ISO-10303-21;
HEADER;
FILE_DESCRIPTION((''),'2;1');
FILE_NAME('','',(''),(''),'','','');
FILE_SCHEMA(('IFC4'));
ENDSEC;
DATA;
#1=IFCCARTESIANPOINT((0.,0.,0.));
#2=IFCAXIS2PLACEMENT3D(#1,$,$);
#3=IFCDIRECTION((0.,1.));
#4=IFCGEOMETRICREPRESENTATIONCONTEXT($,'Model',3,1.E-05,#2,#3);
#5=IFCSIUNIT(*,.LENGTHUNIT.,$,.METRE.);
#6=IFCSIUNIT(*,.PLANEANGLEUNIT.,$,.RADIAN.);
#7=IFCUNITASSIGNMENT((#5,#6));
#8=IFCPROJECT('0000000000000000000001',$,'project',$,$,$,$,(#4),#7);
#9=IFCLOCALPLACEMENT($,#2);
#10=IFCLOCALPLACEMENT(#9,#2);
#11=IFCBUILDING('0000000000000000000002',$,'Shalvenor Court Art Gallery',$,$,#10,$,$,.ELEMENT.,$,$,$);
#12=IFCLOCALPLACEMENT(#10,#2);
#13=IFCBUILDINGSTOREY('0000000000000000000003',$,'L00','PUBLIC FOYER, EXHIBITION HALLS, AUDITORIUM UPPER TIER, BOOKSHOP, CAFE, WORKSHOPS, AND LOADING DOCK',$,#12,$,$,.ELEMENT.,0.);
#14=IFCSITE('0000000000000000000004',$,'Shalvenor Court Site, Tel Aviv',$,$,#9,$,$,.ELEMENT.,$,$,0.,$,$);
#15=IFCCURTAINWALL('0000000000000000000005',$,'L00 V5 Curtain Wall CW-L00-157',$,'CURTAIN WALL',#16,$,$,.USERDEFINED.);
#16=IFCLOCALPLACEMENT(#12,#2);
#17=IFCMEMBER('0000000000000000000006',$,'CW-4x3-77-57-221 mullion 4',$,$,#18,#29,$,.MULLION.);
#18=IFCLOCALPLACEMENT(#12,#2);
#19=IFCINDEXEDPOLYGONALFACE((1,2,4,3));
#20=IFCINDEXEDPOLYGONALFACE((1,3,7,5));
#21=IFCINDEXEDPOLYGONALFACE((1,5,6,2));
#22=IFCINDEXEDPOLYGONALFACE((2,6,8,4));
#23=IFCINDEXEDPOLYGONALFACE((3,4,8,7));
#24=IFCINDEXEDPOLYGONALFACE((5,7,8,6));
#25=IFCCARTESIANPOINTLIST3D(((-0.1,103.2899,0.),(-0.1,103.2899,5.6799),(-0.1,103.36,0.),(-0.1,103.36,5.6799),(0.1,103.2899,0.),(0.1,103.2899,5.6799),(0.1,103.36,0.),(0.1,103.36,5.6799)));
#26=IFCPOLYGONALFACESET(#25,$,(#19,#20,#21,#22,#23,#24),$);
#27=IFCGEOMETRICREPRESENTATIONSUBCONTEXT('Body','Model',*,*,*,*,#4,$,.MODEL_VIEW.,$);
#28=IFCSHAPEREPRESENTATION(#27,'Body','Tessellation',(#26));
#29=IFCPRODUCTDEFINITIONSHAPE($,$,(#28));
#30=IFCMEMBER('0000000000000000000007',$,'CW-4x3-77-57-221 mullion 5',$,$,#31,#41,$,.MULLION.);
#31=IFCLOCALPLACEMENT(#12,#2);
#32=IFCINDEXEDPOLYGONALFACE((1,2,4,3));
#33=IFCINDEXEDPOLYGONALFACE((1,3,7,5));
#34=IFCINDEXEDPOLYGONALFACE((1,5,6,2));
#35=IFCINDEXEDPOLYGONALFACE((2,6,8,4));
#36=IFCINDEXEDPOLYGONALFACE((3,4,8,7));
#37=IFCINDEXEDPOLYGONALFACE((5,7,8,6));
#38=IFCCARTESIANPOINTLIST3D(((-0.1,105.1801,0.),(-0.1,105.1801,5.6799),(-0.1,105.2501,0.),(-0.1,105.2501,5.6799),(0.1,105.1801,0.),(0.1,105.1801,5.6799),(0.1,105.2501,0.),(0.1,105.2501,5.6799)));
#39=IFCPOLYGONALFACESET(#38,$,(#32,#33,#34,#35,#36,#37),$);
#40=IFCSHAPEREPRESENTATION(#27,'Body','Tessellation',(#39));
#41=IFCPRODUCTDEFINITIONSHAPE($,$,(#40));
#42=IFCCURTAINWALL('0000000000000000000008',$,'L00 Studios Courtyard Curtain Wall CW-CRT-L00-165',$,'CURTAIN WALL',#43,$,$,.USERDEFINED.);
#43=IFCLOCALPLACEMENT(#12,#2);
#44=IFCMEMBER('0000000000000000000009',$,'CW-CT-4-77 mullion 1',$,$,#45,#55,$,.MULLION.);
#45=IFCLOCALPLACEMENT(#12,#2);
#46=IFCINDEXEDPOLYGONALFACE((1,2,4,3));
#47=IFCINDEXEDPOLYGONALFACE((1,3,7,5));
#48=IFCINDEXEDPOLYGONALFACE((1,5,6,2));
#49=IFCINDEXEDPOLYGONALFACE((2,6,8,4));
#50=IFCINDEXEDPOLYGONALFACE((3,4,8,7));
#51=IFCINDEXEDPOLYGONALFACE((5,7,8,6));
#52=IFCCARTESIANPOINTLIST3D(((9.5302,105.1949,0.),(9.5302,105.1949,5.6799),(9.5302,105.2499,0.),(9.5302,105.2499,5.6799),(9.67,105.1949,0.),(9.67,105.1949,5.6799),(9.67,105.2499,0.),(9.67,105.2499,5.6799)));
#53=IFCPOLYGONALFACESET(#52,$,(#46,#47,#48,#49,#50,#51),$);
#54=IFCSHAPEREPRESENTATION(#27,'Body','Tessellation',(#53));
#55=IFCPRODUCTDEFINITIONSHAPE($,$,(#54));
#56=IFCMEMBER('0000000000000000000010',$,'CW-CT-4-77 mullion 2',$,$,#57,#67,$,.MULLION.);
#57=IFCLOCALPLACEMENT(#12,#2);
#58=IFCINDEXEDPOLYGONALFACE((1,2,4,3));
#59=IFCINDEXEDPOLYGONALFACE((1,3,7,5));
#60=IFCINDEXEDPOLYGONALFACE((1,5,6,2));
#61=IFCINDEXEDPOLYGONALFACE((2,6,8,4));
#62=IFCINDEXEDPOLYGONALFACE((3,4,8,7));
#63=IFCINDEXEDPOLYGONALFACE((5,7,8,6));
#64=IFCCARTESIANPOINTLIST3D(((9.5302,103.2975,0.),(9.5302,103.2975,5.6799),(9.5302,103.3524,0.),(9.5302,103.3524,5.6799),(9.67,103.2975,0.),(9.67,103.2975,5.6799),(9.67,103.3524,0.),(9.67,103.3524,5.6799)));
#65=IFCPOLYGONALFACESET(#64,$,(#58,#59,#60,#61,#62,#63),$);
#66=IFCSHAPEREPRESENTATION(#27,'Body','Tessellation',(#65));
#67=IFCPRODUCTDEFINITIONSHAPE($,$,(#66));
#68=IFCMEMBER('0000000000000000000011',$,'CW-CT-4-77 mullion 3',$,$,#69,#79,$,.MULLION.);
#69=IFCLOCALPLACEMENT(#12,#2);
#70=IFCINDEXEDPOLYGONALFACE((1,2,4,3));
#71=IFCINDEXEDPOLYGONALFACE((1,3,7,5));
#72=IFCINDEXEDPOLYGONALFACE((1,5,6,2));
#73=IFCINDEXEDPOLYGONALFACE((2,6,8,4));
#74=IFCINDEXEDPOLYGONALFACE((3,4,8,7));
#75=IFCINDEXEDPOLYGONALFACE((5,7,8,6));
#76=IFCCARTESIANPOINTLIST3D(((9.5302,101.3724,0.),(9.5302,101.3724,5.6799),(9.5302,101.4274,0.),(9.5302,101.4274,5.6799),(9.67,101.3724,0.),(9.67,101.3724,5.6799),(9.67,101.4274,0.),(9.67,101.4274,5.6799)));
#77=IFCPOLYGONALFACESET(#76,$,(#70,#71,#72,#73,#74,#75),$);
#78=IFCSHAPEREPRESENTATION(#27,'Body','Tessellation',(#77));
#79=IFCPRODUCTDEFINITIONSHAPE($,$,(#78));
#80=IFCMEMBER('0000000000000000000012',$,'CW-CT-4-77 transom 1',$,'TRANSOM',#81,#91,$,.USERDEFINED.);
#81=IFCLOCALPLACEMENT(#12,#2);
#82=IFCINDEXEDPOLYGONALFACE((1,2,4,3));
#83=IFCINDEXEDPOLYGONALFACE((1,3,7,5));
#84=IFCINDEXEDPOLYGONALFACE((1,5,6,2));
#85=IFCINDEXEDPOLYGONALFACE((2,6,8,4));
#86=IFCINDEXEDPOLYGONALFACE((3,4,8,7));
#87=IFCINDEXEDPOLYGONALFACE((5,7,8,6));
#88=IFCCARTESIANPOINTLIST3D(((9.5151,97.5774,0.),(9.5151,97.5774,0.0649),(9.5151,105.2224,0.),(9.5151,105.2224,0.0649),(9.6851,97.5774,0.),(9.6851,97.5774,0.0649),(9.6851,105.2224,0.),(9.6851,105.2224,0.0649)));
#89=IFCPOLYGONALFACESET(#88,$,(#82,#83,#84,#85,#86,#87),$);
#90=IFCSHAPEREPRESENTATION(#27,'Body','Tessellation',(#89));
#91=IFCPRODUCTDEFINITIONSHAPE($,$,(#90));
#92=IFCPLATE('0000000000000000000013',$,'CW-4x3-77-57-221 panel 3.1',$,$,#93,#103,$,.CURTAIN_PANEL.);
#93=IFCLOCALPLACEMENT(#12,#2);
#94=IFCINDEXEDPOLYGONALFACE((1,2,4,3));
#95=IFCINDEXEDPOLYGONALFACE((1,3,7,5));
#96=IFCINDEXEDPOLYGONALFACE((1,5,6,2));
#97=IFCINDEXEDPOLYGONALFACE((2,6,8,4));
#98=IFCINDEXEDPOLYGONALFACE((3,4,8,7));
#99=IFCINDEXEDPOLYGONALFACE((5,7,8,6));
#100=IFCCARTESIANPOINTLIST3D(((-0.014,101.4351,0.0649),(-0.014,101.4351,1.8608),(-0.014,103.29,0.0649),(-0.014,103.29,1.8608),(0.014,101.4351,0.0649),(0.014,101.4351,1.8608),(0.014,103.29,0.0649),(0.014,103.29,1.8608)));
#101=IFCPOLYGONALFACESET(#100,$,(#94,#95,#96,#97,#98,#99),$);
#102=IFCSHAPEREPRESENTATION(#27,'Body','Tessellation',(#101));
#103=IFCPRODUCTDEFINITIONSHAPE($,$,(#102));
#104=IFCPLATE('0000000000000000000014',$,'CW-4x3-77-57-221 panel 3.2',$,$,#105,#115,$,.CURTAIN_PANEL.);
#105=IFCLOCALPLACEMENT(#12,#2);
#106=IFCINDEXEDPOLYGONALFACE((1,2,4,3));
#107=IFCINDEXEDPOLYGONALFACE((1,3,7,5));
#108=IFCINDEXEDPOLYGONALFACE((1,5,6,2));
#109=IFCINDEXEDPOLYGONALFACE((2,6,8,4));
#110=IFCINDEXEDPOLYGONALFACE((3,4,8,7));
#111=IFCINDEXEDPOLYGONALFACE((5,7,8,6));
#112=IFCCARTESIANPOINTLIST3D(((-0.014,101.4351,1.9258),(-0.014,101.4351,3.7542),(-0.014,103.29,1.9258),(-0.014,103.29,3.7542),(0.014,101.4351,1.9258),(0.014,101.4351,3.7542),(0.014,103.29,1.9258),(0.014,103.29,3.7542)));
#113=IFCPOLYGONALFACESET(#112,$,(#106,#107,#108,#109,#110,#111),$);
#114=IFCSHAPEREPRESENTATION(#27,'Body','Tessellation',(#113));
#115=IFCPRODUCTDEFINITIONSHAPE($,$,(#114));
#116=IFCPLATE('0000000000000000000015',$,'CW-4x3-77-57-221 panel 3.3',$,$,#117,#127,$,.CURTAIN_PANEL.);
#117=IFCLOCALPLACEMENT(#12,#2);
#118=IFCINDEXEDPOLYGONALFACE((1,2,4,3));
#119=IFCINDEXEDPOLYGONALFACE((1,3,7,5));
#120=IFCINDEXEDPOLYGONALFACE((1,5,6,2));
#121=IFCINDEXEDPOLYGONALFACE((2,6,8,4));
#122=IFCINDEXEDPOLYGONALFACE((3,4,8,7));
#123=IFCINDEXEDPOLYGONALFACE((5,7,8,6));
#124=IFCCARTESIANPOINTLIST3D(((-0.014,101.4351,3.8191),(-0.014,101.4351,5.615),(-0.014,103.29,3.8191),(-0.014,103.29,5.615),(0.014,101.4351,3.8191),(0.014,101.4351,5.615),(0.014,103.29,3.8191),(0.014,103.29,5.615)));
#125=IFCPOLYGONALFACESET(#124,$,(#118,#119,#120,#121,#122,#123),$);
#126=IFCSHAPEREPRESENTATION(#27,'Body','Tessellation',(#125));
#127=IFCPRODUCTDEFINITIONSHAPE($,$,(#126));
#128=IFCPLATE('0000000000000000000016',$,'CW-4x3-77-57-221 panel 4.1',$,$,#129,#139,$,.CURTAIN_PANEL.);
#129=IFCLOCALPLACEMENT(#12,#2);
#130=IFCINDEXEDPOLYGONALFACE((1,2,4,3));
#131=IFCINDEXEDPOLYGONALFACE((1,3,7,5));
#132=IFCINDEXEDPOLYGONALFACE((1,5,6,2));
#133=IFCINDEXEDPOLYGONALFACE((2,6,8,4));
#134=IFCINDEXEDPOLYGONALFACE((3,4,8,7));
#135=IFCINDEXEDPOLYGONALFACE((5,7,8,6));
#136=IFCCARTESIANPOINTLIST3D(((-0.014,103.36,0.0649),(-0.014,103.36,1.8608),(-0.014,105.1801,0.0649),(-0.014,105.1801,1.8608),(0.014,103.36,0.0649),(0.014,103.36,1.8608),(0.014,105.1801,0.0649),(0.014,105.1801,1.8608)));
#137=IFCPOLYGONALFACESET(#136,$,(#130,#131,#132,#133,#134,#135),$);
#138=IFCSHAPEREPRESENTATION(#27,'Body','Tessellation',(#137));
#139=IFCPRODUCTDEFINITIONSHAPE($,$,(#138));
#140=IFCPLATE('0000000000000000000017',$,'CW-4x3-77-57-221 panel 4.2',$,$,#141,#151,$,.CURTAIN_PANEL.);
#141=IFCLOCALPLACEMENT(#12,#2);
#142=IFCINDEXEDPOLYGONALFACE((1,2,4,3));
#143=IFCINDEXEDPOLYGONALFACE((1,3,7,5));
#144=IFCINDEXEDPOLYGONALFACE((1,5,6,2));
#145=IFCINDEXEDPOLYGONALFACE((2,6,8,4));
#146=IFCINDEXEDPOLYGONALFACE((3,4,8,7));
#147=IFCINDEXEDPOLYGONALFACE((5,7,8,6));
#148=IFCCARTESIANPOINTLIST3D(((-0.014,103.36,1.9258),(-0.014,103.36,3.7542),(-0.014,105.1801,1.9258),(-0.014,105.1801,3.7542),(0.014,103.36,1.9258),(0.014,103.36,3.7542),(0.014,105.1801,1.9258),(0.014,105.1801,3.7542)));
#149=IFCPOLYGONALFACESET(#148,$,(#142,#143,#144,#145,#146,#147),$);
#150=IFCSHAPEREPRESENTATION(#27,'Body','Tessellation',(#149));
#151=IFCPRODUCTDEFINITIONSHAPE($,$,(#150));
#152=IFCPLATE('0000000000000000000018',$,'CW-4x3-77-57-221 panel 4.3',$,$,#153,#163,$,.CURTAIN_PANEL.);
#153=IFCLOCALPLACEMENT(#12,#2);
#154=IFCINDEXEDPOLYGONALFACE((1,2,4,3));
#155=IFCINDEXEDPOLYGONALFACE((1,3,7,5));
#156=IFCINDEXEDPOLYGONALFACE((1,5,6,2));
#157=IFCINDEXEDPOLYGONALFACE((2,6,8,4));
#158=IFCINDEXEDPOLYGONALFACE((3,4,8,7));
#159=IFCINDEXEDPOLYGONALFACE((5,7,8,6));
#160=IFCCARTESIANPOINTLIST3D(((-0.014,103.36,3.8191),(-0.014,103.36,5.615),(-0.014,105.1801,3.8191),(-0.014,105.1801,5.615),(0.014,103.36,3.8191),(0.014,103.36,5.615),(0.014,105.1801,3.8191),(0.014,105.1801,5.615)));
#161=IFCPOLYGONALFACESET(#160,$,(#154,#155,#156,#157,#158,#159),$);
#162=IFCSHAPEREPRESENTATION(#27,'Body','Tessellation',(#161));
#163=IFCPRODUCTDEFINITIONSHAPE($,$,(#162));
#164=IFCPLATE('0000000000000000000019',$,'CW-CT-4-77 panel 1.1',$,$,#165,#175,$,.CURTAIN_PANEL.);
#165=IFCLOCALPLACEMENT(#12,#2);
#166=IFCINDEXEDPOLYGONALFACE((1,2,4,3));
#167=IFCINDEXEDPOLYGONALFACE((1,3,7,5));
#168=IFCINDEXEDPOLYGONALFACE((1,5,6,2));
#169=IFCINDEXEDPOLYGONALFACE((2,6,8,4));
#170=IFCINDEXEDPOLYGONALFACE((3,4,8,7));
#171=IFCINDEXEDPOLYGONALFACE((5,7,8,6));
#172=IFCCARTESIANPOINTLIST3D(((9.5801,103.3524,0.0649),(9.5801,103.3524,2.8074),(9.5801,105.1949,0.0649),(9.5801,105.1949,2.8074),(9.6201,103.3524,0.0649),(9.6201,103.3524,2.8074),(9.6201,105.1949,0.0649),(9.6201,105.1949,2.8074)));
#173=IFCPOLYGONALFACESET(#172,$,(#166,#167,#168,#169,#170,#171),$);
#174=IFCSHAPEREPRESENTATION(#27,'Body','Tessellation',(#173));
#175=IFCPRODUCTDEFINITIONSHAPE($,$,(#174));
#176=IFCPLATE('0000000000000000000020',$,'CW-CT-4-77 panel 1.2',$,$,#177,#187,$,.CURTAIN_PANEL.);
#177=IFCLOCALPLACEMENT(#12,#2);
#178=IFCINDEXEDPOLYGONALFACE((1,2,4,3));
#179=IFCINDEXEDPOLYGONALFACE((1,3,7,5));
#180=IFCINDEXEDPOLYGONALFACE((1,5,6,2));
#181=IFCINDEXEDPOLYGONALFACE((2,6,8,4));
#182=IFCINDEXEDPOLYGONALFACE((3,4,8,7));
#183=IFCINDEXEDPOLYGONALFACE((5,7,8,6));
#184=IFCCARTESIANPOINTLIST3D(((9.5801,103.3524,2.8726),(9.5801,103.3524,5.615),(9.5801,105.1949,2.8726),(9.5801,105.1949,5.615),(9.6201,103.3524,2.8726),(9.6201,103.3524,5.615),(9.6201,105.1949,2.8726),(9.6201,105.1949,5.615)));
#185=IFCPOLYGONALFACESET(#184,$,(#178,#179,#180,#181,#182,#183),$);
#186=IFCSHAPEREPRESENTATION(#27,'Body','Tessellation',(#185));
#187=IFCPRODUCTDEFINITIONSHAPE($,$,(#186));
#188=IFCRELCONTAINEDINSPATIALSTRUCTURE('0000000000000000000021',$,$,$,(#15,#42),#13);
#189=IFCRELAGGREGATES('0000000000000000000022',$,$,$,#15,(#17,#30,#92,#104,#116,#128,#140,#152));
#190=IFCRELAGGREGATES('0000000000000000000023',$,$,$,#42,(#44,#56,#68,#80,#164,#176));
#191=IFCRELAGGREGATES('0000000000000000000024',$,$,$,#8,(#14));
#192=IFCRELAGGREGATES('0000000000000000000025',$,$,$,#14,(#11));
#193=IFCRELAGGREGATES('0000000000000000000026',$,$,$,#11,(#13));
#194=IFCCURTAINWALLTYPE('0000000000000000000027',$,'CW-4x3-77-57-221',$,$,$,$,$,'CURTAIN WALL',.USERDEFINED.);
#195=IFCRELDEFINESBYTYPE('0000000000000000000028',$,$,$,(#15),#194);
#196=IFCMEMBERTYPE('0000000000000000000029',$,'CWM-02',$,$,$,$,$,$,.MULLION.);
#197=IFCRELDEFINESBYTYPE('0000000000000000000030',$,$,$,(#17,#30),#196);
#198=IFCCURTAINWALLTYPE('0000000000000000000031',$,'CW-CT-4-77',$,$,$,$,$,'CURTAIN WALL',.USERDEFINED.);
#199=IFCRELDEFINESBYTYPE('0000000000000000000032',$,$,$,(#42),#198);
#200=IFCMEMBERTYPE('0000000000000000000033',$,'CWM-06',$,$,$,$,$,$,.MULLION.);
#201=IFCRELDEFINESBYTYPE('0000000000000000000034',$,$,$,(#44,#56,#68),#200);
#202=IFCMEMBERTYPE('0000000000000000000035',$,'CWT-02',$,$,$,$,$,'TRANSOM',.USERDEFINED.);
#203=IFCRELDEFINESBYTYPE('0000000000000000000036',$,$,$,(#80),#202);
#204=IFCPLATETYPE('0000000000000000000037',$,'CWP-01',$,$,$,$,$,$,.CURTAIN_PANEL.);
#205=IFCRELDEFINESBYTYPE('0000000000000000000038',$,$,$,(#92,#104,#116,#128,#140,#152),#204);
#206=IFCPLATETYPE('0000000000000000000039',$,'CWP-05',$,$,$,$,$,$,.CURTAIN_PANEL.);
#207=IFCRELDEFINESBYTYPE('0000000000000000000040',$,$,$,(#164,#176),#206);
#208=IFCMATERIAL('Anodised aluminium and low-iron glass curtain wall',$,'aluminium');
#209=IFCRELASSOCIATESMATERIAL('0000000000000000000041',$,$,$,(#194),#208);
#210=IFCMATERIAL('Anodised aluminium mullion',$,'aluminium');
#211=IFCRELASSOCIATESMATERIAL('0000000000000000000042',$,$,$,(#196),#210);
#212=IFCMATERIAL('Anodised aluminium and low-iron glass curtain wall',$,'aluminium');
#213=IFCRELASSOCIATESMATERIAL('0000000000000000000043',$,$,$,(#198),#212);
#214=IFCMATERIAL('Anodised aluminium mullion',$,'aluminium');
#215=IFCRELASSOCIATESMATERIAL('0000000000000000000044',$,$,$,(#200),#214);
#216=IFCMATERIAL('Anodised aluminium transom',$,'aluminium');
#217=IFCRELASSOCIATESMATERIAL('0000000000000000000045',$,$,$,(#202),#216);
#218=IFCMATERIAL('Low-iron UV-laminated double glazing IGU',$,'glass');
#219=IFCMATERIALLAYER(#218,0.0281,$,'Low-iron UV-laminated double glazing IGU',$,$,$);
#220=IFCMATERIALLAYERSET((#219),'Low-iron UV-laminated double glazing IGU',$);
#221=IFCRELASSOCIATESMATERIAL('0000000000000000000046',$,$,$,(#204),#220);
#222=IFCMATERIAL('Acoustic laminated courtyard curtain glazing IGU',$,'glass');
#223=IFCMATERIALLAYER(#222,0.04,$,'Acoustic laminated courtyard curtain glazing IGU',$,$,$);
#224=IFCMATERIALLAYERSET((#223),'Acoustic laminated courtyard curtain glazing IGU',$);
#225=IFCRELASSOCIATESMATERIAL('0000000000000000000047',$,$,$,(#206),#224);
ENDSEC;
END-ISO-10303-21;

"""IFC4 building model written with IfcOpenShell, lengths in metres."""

from ifc_helpers import new_model, si_unit, direction, frame, origin, origin_2d, place, context, subcontext, project, spatial, rectangle, extrude, material, layer, layer_set, material_profile, profile_set, type_object, element, aggregate, save


model = new_model("IFC4")

# Units and contexts
model_context = context("Model", 3, precision=1e-05, world=origin(), true_north=direction((0.0, 1.0)))
body_context = subcontext(model_context, "Body", "Model", "MODEL_VIEW")
ifc_project = project(units=[si_unit("LENGTHUNIT", "METRE"), si_unit("PLANEANGLEUNIT", "RADIAN")], contexts=[model_context])

# Site, building, storey
site_placement = place(None, origin())
site = spatial("IfcSite", under=ifc_project, at=site_placement, Name="Shalvenor Court Site, Tel Aviv", CompositionType="ELEMENT", RefElevation=0.0)
building_placement = place(site_placement, origin())
building = spatial("IfcBuilding", under=site, at=building_placement, Name="Shalvenor Court Art Gallery", CompositionType="ELEMENT")
storey_placement = place(building_placement, origin())
storey = spatial("IfcBuildingStorey", under=building, at=storey_placement, Name="L00", Description="PUBLIC FOYER, EXHIBITION HALLS, AUDITORIUM UPPER TIER, BOOKSHOP, CAFE, WORKSHOPS, AND LOADING DOCK", CompositionType="ELEMENT", Elevation=0.0)

# Curtain walls, members
ifc_material_1 = material(Name="Anodised aluminium and low-iron glass curtain wall", Category="aluminium")
curtain_wall_type_1 = type_object("IfcCurtainWallType", Name="CW-4x3-77-57-221", ElementType="CURTAIN WALL", PredefinedType="USERDEFINED", material=ifc_material_1)
curtain_wall_1_placement = place(storey_placement, origin())
curtain_wall_1 = element("IfcCurtainWall", 1, at=curtain_wall_1_placement, inside=storey, type_object=curtain_wall_type_1, Name="L00 V5 Curtain Wall CW-L00-157", ObjectType="CURTAIN WALL", PredefinedType="USERDEFINED")
ifc_material_2 = material(Name="Anodised aluminium mullion", Category="aluminium")
ifc_material_profile_1 = material_profile(ifc_material_2, rectangle(XDim=0.0701, YDim=0.2, at=origin_2d()), Name="CWM-02")
ifc_profile_set_1 = profile_set([ifc_material_profile_1], Name="Anodised aluminium mullion")
member_type_1 = type_object("IfcMemberType", Name="CWM-02", PredefinedType="MULLION", material=ifc_profile_set_1)
member_1_placement = place(storey_placement, frame((0.0, 103.325, 0.0), z_axis=(0.0, 0.0, 1.0), x_axis=(0.0, 1.0, 0.0)))
member_1 = element("IfcMember", 2, at=member_1_placement, type_object=member_type_1, Name="CW-4x3-77-57-221 mullion 4", PredefinedType="MULLION", context=body_context, shape_type="SweptSolid", body=[
    extrude(rectangle(XDim=0.0701, YDim=0.2, at=origin_2d()), origin(), (0.0, 0.0, 1.0), 5.6799),
])
member_2_placement = place(storey_placement, frame((0.0, 105.2151, 0.0), z_axis=(0.0, 0.0, 1.0), x_axis=(0.0, 1.0, 0.0)))
member_2 = element("IfcMember", 3, at=member_2_placement, type_object=member_type_1, Name="CW-4x3-77-57-221 mullion 5", PredefinedType="MULLION", context=body_context, shape_type="SweptSolid", body=[
    extrude(rectangle(XDim=0.0701, YDim=0.2, at=origin_2d()), origin(), (0.0, 0.0, 1.0), 5.6799),
])
ifc_material_3 = material(Name="Anodised aluminium and low-iron glass curtain wall", Category="aluminium")
curtain_wall_type_2 = type_object("IfcCurtainWallType", Name="CW-CT-4-77", ElementType="CURTAIN WALL", PredefinedType="USERDEFINED", material=ifc_material_3)
curtain_wall_2_placement = place(storey_placement, origin())
curtain_wall_2 = element("IfcCurtainWall", 4, at=curtain_wall_2_placement, inside=storey, type_object=curtain_wall_type_2, Name="L00 Studios Courtyard Curtain Wall CW-CRT-L00-165", ObjectType="CURTAIN WALL", PredefinedType="USERDEFINED")
ifc_material_4 = material(Name="Anodised aluminium mullion", Category="aluminium")
ifc_material_profile_2 = material_profile(ifc_material_4, rectangle(XDim=0.0549, YDim=0.1399, at=origin_2d()), Name="CWM-06")
ifc_profile_set_2 = profile_set([ifc_material_profile_2], Name="Anodised aluminium mullion")
member_type_2 = type_object("IfcMemberType", Name="CWM-06", PredefinedType="MULLION", material=ifc_profile_set_2)
member_3_placement = place(storey_placement, frame((9.6001, 105.2224, 0.0), z_axis=(0.0, 0.0, 1.0), x_axis=(0.0, -1.0, 0.0)))
member_3 = element("IfcMember", 5, at=member_3_placement, type_object=member_type_2, Name="CW-CT-4-77 mullion 1", PredefinedType="MULLION", context=body_context, shape_type="SweptSolid", body=[
    extrude(rectangle(XDim=0.0549, YDim=0.1399, at=origin_2d()), origin(), (0.0, 0.0, 1.0), 5.6799),
])
member_4_placement = place(storey_placement, frame((9.6001, 103.325, 0.0), z_axis=(0.0, 0.0, 1.0), x_axis=(0.0, -1.0, 0.0)))
member_4 = element("IfcMember", 6, at=member_4_placement, type_object=member_type_2, Name="CW-CT-4-77 mullion 2", PredefinedType="MULLION", context=body_context, shape_type="SweptSolid", body=[
    extrude(rectangle(XDim=0.0549, YDim=0.1399, at=origin_2d()), origin(), (0.0, 0.0, 1.0), 5.6799),
])
member_5_placement = place(storey_placement, frame((9.6001, 101.3999, 0.0), z_axis=(0.0, 0.0, 1.0), x_axis=(0.0, -1.0, 0.0)))
member_5 = element("IfcMember", 7, at=member_5_placement, type_object=member_type_2, Name="CW-CT-4-77 mullion 3", PredefinedType="MULLION", context=body_context, shape_type="SweptSolid", body=[
    extrude(rectangle(XDim=0.0549, YDim=0.1399, at=origin_2d()), origin(), (0.0, 0.0, 1.0), 5.6799),
])
ifc_material_5 = material(Name="Anodised aluminium transom", Category="aluminium")
ifc_material_profile_3 = material_profile(ifc_material_5, rectangle(XDim=0.1699, YDim=0.0649, at=origin_2d()), Name="CWT-02")
ifc_profile_set_3 = profile_set([ifc_material_profile_3], Name="Anodised aluminium transom")
member_type_3 = type_object("IfcMemberType", Name="CWT-02", ElementType="TRANSOM", PredefinedType="USERDEFINED", material=ifc_profile_set_3)
member_6_placement = place(storey_placement, frame((9.6001, 105.2224, 0.0325), z_axis=(0.0, -1.0, 0.0), x_axis=(1.0, 0.0, 0.0)))
member_6 = element("IfcMember", 8, at=member_6_placement, type_object=member_type_3, Name="CW-CT-4-77 transom 1", ObjectType="TRANSOM", PredefinedType="USERDEFINED", context=body_context, shape_type="SweptSolid", body=[
    extrude(rectangle(XDim=0.1699, YDim=0.0649, at=origin_2d()), origin(), (0.0, 0.0, 1.0), 7.645),
])

# Plates
ifc_material_6 = material(Name="Low-iron UV-laminated double glazing IGU", Category="glass")
ifc_layer_1 = layer(ifc_material_6, 0.0281, Name="Low-iron UV-laminated double glazing IGU")
ifc_layer_set_1 = layer_set([ifc_layer_1], Name="Low-iron UV-laminated double glazing IGU")
plate_type_1 = type_object("IfcPlateType", Name="CWP-01", PredefinedType="CURTAIN_PANEL", material=ifc_layer_set_1)
plate_1_placement = place(storey_placement, frame((0.0, 102.3625, 0.0649), z_axis=(0.0, 0.0, 1.0), x_axis=(0.0, 1.0, 0.0)))
plate_1 = element("IfcPlate", 9, at=plate_1_placement, type_object=plate_type_1, Name="CW-4x3-77-57-221 panel 3.1", PredefinedType="CURTAIN_PANEL", context=body_context, shape_type="SweptSolid", body=[
    extrude(rectangle(XDim=1.855, YDim=0.0281, at=origin_2d()), origin(), (0.0, 0.0, 1.0), 1.7959),
])
plate_2_placement = place(storey_placement, frame((0.0, 102.3625, 1.9258), z_axis=(0.0, 0.0, 1.0), x_axis=(0.0, 1.0, 0.0)))
plate_2 = element("IfcPlate", 10, at=plate_2_placement, type_object=plate_type_1, Name="CW-4x3-77-57-221 panel 3.2", PredefinedType="CURTAIN_PANEL", context=body_context, shape_type="SweptSolid", body=[
    extrude(rectangle(XDim=1.855, YDim=0.0281, at=origin_2d()), origin(), (0.0, 0.0, 1.0), 1.8284),
])
plate_3_placement = place(storey_placement, frame((0.0, 102.3625, 3.8191), z_axis=(0.0, 0.0, 1.0), x_axis=(0.0, 1.0, 0.0)))
plate_3 = element("IfcPlate", 11, at=plate_3_placement, type_object=plate_type_1, Name="CW-4x3-77-57-221 panel 3.3", PredefinedType="CURTAIN_PANEL", context=body_context, shape_type="SweptSolid", body=[
    extrude(rectangle(XDim=1.855, YDim=0.0281, at=origin_2d()), origin(), (0.0, 0.0, 1.0), 1.7959),
])
plate_4_placement = place(storey_placement, frame((0.0, 104.27, 0.0649), z_axis=(0.0, 0.0, 1.0), x_axis=(0.0, 1.0, 0.0)))
plate_4 = element("IfcPlate", 12, at=plate_4_placement, type_object=plate_type_1, Name="CW-4x3-77-57-221 panel 4.1", PredefinedType="CURTAIN_PANEL", context=body_context, shape_type="SweptSolid", body=[
    extrude(rectangle(XDim=1.8201, YDim=0.0281, at=origin_2d()), origin(), (0.0, 0.0, 1.0), 1.7959),
])
plate_5_placement = place(storey_placement, frame((0.0, 104.27, 1.9258), z_axis=(0.0, 0.0, 1.0), x_axis=(0.0, 1.0, 0.0)))
plate_5 = element("IfcPlate", 13, at=plate_5_placement, type_object=plate_type_1, Name="CW-4x3-77-57-221 panel 4.2", PredefinedType="CURTAIN_PANEL", context=body_context, shape_type="SweptSolid", body=[
    extrude(rectangle(XDim=1.8201, YDim=0.0281, at=origin_2d()), origin(), (0.0, 0.0, 1.0), 1.8284),
])
plate_6_placement = place(storey_placement, frame((0.0, 104.27, 3.8191), z_axis=(0.0, 0.0, 1.0), x_axis=(0.0, 1.0, 0.0)))
plate_6 = element("IfcPlate", 14, at=plate_6_placement, type_object=plate_type_1, Name="CW-4x3-77-57-221 panel 4.3", PredefinedType="CURTAIN_PANEL", context=body_context, shape_type="SweptSolid", body=[
    extrude(rectangle(XDim=1.8201, YDim=0.0281, at=origin_2d()), origin(), (0.0, 0.0, 1.0), 1.7959),
])
aggregate(curtain_wall_1, [member_1, member_2, plate_1, plate_2, plate_3, plate_4, plate_5, plate_6])
ifc_material_7 = material(Name="Acoustic laminated courtyard curtain glazing IGU", Category="glass")
ifc_layer_2 = layer(ifc_material_7, 0.04, Name="Acoustic laminated courtyard curtain glazing IGU")
ifc_layer_set_2 = layer_set([ifc_layer_2], Name="Acoustic laminated courtyard curtain glazing IGU")
plate_type_2 = type_object("IfcPlateType", Name="CWP-05", PredefinedType="CURTAIN_PANEL", material=ifc_layer_set_2)
plate_7_placement = place(storey_placement, frame((9.6001, 104.2737, 0.0649), z_axis=(0.0, 0.0, 1.0), x_axis=(0.0, -1.0, 0.0)))
plate_7 = element("IfcPlate", 15, at=plate_7_placement, type_object=plate_type_2, Name="CW-CT-4-77 panel 1.1", PredefinedType="CURTAIN_PANEL", context=body_context, shape_type="SweptSolid", body=[
    extrude(rectangle(XDim=1.8425, YDim=0.04, at=origin_2d()), origin(), (0.0, 0.0, 1.0), 2.7424),
])
plate_8_placement = place(storey_placement, frame((9.6001, 104.2737, 2.8726), z_axis=(0.0, 0.0, 1.0), x_axis=(0.0, -1.0, 0.0)))
plate_8 = element("IfcPlate", 16, at=plate_8_placement, type_object=plate_type_2, Name="CW-CT-4-77 panel 1.2", PredefinedType="CURTAIN_PANEL", context=body_context, shape_type="SweptSolid", body=[
    extrude(rectangle(XDim=1.8425, YDim=0.04, at=origin_2d()), origin(), (0.0, 0.0, 1.0), 2.7424),
])
aggregate(curtain_wall_2, [member_3, member_4, member_5, member_6, plate_7, plate_8])

save(model, "model.ifc")
